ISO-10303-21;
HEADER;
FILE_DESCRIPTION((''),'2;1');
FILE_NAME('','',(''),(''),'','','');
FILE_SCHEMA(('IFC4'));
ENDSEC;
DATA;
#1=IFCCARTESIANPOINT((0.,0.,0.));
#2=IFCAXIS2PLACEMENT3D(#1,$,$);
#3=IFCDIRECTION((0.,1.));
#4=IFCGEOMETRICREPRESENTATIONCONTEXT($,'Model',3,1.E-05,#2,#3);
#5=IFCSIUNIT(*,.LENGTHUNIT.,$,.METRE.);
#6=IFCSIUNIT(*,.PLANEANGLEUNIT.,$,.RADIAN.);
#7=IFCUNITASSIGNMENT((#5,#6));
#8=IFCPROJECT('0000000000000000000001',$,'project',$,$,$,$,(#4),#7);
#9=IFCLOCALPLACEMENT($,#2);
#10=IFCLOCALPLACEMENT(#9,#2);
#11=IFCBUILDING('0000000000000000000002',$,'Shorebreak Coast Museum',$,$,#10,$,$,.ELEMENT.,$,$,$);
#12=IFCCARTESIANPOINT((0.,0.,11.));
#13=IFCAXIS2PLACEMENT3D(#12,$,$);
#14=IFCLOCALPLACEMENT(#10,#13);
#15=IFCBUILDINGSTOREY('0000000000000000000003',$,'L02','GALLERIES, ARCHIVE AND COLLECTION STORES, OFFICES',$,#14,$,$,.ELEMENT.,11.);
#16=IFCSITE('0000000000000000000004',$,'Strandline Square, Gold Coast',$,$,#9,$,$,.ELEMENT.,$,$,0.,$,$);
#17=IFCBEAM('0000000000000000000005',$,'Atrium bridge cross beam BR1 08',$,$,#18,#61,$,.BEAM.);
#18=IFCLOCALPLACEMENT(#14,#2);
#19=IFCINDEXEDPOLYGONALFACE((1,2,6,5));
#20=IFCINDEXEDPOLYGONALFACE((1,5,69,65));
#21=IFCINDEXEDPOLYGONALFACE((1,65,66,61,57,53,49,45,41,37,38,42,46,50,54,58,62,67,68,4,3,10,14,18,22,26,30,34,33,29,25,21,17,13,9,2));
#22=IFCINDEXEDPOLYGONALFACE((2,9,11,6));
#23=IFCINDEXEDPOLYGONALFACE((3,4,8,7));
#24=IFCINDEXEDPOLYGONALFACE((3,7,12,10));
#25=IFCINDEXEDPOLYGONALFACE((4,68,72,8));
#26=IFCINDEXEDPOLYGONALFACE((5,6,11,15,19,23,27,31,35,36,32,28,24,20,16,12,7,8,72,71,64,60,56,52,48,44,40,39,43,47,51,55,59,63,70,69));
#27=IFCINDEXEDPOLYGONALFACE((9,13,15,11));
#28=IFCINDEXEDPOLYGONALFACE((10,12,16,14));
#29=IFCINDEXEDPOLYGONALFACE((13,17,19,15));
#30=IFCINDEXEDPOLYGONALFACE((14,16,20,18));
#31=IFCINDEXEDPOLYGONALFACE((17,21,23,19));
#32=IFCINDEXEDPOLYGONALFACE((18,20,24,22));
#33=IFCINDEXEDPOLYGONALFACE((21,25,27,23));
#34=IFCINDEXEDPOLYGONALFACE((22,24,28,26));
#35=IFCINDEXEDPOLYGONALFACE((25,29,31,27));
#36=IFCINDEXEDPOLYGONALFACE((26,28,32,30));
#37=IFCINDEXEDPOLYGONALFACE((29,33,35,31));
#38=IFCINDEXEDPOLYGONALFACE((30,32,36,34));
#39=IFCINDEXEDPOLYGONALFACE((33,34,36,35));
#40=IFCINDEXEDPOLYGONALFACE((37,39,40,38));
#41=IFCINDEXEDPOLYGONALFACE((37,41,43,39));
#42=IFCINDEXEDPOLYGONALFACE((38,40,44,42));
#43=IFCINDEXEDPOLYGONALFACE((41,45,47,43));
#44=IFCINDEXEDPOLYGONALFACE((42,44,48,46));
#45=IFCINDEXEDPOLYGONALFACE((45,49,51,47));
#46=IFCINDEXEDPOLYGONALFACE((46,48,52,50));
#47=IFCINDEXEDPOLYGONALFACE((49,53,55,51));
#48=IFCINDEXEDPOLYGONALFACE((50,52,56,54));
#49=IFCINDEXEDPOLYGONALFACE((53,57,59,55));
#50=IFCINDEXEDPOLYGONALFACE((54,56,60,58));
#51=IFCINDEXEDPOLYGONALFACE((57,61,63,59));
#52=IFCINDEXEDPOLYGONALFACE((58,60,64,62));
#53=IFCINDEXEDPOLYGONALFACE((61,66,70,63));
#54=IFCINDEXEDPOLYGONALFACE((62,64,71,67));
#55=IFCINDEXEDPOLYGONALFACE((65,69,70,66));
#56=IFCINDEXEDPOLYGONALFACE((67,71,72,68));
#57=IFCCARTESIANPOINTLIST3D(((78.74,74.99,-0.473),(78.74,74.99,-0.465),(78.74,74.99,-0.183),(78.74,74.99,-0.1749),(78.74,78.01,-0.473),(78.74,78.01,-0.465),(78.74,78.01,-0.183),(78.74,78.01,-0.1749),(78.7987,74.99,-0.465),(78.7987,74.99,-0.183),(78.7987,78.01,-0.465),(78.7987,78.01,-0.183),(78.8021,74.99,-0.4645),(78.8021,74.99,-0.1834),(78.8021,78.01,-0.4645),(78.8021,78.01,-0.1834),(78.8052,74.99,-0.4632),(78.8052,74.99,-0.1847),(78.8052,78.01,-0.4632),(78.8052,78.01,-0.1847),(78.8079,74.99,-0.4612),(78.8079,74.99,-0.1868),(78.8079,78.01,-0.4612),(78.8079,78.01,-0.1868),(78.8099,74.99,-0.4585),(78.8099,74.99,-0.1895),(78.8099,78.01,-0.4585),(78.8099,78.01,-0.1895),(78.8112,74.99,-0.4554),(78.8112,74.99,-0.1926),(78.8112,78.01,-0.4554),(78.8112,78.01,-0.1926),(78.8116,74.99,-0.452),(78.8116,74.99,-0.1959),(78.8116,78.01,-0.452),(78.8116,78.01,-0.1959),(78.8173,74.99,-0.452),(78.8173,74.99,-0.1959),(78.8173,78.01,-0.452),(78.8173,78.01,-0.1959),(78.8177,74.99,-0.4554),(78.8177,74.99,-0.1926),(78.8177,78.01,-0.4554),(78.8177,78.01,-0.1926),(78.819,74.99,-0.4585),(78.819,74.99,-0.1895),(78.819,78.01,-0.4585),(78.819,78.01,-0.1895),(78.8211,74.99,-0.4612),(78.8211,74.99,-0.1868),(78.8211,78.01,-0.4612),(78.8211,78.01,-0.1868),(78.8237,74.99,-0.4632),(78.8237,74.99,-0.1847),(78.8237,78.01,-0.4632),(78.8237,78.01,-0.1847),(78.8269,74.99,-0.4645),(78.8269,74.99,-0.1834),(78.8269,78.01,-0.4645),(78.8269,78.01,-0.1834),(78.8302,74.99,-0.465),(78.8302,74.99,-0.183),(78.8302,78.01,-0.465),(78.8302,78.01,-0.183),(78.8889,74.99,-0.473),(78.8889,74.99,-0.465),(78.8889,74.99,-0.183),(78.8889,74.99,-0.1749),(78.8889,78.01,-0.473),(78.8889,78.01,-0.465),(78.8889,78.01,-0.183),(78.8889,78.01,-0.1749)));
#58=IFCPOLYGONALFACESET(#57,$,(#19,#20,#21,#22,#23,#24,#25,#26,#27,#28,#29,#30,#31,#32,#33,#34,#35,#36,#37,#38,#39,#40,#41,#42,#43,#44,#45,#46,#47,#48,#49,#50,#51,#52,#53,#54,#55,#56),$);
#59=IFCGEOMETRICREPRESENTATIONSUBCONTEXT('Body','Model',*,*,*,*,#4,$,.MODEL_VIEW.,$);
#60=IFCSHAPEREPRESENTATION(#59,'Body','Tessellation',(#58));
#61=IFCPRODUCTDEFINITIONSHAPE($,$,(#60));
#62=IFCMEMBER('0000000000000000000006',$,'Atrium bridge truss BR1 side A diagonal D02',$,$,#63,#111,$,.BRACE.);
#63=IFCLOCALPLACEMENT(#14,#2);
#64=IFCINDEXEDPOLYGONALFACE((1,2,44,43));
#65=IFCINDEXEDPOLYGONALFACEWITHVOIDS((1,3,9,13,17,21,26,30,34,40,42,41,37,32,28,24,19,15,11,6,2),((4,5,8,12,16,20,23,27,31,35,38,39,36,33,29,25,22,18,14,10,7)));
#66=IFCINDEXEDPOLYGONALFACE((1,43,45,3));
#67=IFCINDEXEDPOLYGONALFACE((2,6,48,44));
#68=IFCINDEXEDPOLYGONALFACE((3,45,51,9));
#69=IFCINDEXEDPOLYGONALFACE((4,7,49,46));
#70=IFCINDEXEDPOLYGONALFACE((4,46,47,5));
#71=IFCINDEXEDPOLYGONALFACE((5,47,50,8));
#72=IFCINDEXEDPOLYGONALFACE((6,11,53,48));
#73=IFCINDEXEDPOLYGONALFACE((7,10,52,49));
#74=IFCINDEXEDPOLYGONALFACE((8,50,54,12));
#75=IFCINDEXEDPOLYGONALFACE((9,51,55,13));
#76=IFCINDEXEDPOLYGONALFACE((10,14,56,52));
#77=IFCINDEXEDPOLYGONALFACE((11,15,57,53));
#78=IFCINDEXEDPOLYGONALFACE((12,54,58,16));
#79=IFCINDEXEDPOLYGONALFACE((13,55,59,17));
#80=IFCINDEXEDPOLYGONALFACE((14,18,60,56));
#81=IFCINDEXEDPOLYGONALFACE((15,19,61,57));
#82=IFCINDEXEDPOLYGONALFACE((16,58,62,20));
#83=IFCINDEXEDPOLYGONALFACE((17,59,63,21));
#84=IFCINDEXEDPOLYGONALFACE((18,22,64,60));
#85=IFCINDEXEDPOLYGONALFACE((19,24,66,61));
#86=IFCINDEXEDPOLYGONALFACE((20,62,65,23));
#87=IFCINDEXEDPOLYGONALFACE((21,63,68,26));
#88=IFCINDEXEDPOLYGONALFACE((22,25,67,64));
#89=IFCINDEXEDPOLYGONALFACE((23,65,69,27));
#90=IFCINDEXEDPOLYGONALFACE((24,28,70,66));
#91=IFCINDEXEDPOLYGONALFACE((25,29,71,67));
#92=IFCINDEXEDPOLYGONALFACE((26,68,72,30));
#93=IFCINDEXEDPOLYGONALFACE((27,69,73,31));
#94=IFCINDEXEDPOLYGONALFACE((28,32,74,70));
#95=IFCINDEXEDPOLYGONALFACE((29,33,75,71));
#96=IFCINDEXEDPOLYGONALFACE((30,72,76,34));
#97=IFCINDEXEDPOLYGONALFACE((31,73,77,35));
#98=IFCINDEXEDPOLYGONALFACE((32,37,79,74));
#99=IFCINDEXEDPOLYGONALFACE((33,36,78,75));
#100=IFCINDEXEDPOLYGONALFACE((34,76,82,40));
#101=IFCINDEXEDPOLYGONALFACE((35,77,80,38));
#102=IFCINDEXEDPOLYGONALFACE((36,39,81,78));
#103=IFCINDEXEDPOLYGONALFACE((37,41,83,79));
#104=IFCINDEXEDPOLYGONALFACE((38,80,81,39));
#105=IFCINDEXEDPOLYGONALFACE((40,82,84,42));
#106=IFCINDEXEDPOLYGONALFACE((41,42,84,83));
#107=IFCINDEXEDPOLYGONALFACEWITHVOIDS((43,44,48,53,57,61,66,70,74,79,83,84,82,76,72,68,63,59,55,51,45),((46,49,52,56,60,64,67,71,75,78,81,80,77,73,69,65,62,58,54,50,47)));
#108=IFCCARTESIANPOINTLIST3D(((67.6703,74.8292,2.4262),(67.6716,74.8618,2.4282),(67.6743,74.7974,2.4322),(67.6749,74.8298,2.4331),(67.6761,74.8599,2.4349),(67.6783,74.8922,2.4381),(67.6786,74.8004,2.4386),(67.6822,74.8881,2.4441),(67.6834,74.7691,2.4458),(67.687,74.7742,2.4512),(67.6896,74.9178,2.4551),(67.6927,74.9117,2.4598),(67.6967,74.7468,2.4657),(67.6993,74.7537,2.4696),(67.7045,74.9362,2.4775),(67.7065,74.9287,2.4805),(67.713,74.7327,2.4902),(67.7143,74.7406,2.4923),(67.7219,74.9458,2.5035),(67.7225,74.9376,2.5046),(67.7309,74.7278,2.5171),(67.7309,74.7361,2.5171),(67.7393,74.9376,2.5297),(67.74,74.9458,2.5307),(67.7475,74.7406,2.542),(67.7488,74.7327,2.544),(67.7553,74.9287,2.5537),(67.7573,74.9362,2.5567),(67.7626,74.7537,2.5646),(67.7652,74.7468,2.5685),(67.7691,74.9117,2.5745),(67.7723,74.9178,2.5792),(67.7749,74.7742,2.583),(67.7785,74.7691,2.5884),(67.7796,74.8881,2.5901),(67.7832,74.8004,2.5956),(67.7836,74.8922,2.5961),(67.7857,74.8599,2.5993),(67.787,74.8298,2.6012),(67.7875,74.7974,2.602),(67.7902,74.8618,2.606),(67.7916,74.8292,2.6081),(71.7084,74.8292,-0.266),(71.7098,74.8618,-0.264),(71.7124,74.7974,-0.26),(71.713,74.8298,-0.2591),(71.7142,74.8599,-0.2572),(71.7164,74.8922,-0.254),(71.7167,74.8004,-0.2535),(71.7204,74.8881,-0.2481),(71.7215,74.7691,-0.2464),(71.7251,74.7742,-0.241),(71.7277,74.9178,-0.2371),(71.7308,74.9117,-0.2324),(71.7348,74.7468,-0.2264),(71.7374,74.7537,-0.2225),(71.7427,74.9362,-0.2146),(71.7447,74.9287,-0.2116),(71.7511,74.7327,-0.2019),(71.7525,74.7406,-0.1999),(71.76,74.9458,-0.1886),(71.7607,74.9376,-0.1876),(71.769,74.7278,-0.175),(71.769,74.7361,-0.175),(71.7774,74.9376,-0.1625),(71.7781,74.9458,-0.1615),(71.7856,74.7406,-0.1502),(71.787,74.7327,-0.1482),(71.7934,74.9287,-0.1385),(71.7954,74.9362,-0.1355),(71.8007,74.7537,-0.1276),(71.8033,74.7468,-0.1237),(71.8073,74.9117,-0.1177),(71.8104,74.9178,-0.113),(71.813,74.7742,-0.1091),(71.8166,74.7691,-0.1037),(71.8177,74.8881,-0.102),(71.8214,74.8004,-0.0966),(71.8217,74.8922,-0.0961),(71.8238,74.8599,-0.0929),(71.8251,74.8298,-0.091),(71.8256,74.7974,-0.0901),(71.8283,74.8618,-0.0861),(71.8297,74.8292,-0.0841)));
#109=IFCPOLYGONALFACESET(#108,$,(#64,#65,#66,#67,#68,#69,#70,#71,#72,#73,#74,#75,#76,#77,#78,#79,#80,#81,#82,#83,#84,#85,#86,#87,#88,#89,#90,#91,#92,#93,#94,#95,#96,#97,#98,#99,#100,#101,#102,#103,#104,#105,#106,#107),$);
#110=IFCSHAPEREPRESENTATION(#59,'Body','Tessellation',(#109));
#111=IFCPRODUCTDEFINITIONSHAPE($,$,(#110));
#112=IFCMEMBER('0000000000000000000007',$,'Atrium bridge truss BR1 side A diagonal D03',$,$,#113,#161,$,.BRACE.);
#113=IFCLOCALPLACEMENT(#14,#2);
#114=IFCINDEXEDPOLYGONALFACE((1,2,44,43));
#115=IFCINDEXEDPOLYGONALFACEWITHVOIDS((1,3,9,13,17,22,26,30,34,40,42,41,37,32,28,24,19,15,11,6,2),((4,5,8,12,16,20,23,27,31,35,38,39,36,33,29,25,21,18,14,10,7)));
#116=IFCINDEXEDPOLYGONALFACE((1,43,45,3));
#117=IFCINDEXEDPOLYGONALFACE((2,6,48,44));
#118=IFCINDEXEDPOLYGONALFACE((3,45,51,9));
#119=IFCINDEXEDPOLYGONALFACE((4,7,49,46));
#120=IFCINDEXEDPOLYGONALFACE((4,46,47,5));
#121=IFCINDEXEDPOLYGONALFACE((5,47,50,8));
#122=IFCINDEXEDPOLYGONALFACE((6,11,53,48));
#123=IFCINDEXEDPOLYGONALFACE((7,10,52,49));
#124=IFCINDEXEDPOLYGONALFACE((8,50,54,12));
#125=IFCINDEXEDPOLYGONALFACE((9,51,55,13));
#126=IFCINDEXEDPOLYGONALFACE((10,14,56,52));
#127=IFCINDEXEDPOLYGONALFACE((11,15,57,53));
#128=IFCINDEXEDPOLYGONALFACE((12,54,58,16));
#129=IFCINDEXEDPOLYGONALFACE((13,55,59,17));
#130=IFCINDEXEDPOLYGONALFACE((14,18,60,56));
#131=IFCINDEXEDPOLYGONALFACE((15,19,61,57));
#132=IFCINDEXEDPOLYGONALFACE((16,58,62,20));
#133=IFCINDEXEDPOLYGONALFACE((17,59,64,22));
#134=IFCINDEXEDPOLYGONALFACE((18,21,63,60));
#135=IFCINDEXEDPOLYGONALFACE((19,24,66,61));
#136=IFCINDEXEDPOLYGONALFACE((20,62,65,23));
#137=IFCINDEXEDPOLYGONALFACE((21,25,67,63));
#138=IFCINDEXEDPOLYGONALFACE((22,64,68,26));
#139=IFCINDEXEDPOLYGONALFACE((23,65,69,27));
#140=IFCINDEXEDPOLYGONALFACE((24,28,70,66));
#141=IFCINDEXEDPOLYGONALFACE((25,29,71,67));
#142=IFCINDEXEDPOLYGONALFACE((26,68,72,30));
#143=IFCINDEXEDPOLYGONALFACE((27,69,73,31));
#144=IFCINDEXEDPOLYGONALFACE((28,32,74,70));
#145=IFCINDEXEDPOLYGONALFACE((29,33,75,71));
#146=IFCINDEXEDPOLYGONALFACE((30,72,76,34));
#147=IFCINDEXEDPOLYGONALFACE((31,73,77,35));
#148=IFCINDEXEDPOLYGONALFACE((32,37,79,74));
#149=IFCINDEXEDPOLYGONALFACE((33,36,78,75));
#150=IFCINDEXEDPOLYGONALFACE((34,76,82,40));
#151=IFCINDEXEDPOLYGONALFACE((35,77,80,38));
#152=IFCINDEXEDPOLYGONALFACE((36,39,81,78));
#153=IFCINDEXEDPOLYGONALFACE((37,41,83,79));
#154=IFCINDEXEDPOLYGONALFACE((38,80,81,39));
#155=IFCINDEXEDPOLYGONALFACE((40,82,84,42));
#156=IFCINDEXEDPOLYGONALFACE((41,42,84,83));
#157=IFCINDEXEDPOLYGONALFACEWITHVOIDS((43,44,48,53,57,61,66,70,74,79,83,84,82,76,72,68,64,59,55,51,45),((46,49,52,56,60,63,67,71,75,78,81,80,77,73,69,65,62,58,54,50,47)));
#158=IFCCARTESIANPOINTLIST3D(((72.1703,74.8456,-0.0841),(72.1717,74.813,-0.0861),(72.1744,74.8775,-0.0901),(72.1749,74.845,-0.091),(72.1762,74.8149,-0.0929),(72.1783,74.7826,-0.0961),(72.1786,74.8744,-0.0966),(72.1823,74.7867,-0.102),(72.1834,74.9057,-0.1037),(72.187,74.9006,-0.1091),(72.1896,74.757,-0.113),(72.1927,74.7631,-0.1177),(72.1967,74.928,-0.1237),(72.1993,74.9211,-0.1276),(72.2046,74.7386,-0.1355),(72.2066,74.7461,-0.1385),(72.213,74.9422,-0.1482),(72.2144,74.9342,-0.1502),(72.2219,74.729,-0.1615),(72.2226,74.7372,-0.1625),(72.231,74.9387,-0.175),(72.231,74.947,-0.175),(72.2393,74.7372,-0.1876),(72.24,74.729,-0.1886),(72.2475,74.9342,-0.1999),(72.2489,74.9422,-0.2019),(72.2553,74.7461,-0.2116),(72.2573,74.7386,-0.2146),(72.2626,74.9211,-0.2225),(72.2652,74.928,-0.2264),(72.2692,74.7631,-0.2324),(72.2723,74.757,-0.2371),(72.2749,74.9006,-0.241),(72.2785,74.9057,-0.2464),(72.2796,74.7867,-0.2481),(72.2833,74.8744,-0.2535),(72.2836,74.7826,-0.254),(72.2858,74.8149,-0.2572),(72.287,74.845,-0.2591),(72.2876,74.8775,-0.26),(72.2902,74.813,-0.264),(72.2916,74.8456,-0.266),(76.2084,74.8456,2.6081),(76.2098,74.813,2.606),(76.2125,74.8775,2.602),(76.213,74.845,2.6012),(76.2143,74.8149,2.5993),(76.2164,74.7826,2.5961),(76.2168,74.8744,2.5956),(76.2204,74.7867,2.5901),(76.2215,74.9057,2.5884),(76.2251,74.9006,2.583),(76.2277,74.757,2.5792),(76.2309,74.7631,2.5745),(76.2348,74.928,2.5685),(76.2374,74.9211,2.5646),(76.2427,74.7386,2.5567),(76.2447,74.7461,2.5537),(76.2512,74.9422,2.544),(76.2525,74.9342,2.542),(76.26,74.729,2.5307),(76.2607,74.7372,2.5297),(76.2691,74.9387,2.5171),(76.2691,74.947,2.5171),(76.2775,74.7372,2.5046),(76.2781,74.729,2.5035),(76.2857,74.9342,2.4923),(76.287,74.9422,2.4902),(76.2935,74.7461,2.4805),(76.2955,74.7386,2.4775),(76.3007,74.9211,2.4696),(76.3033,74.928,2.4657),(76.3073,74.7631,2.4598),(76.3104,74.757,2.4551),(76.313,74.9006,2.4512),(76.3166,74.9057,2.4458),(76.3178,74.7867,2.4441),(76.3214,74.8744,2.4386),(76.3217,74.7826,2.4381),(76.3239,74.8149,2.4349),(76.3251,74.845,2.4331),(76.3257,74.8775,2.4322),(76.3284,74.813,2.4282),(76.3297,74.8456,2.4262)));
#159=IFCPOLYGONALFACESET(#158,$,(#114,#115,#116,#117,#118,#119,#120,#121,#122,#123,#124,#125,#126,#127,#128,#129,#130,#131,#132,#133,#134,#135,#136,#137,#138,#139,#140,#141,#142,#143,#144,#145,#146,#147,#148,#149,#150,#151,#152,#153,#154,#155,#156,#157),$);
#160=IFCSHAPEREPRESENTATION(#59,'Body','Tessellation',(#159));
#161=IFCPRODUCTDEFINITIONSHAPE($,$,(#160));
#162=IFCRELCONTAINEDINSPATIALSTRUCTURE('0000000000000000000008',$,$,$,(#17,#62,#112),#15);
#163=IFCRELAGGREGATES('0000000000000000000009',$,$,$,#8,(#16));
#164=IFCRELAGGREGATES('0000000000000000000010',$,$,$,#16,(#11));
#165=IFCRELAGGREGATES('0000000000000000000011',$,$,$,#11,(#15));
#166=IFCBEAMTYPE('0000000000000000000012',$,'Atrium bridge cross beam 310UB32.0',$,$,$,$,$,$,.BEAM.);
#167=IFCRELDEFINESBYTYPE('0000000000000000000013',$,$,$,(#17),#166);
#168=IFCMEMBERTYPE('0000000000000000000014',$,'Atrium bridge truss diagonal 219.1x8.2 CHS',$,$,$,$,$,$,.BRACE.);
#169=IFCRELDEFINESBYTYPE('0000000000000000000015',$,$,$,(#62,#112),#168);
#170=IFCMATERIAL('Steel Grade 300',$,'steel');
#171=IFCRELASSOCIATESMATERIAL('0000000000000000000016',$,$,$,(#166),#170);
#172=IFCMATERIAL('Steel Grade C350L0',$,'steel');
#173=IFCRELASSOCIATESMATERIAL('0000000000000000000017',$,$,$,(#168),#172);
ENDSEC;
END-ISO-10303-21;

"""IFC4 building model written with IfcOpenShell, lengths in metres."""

from ifc_helpers import new_model, si_unit, direction, frame, origin, origin_2d, place, context, subcontext, project, spatial, hollow_circle, i_section, extrude, material, material_profile, profile_set, type_object, element, save


model = new_model("IFC4")

# Units and contexts
model_context = context("Model", 3, precision=1e-05, world=origin(), true_north=direction((0.0, 1.0)))
body_context = subcontext(model_context, "Body", "Model", "MODEL_VIEW")
ifc_project = project(units=[si_unit("LENGTHUNIT", "METRE"), si_unit("PLANEANGLEUNIT", "RADIAN")], contexts=[model_context])

# Site, building, storey
site_placement = place(None, origin())
site = spatial("IfcSite", under=ifc_project, at=site_placement, Name="Strandline Square, Gold Coast", CompositionType="ELEMENT", RefElevation=0.0)
building_placement = place(site_placement, origin())
building = spatial("IfcBuilding", under=site, at=building_placement, Name="Shorebreak Coast Museum", CompositionType="ELEMENT")
storey_placement = place(building_placement, frame((0.0, 0.0, 11.0)))
storey = spatial("IfcBuildingStorey", under=building, at=storey_placement, Name="L02", Description="GALLERIES, ARCHIVE AND COLLECTION STORES, OFFICES", CompositionType="ELEMENT", Elevation=11.0)

# Beam
ifc_material_1 = material(Name="Steel Grade 300", Category="steel")
ifc_material_profile_1 = material_profile(ifc_material_1, i_section(OverallWidth=0.1489, OverallDepth=0.2981, WebThickness=0.0056, FlangeThickness=0.0081, FilletRadius=0.0129, at=origin_2d()), Name="310UB32.0")
ifc_profile_set_1 = profile_set([ifc_material_profile_1], Name="Steel Grade 300")
beam_type_1 = type_object("IfcBeamType", Name="Atrium bridge cross beam 310UB32.0", PredefinedType="BEAM", material=ifc_profile_set_1)
for number, where, z_axis, x_axis, name in (
    (1, (78.8145, 74.99, -0.324), (0.0, 1.0, 0.0), (-1.0, 0.0, 0.0), "Atrium bridge cross beam BR1 08"),
):
    element("IfcBeam", number, at=place(storey_placement, frame(where, z_axis=z_axis, x_axis=x_axis)), inside=storey, type_object=beam_type_1, Name=name, PredefinedType="BEAM", context=body_context, shape_type="SweptSolid", body=[
        extrude(i_section(OverallWidth=0.1489, OverallDepth=0.2981, WebThickness=0.0056, FlangeThickness=0.0081, FilletRadius=0.0129, at=origin_2d()), origin(), (0.0, 0.0, 1.0), 3.02),
    ])

# Members
ifc_material_2 = material(Name="Steel Grade C350L0", Category="steel")
ifc_material_profile_2 = material_profile(ifc_material_2, hollow_circle(Radius=0.1096, WallThickness=0.0083, at=origin_2d()), Name="219.1x8.2 CHS")
ifc_profile_set_2 = profile_set([ifc_material_profile_2], Name="Steel Grade C350L0")
member_type_1 = type_object("IfcMemberType", Name="Atrium bridge truss diagonal 219.1x8.2 CHS", PredefinedType="BRACE", material=ifc_profile_set_2)
for number, where, z_axis, x_axis, name in (
    (2, (71.769, 74.8374, -0.175), (-0.832043, 0.0, 0.554712), (0.0, -1.0, 0.0), "Atrium bridge truss BR1 side A diagonal D02"),
    (3, (72.231, 74.8374, -0.175), (0.832043, 0.0, 0.554712), (0.0, 1.0, 0.0), "Atrium bridge truss BR1 side A diagonal D03"),
):
    element("IfcMember", number, at=place(storey_placement, frame(where, z_axis=z_axis, x_axis=x_axis)), inside=storey, type_object=member_type_1, Name=name, PredefinedType="BRACE", context=body_context, shape_type="SweptSolid", body=[
        extrude(hollow_circle(Radius=0.1096, WallThickness=0.0083, at=origin_2d()), origin(), (0.0, 0.0, 1.0), 4.8533),
    ])

save(model, "model.ifc")
